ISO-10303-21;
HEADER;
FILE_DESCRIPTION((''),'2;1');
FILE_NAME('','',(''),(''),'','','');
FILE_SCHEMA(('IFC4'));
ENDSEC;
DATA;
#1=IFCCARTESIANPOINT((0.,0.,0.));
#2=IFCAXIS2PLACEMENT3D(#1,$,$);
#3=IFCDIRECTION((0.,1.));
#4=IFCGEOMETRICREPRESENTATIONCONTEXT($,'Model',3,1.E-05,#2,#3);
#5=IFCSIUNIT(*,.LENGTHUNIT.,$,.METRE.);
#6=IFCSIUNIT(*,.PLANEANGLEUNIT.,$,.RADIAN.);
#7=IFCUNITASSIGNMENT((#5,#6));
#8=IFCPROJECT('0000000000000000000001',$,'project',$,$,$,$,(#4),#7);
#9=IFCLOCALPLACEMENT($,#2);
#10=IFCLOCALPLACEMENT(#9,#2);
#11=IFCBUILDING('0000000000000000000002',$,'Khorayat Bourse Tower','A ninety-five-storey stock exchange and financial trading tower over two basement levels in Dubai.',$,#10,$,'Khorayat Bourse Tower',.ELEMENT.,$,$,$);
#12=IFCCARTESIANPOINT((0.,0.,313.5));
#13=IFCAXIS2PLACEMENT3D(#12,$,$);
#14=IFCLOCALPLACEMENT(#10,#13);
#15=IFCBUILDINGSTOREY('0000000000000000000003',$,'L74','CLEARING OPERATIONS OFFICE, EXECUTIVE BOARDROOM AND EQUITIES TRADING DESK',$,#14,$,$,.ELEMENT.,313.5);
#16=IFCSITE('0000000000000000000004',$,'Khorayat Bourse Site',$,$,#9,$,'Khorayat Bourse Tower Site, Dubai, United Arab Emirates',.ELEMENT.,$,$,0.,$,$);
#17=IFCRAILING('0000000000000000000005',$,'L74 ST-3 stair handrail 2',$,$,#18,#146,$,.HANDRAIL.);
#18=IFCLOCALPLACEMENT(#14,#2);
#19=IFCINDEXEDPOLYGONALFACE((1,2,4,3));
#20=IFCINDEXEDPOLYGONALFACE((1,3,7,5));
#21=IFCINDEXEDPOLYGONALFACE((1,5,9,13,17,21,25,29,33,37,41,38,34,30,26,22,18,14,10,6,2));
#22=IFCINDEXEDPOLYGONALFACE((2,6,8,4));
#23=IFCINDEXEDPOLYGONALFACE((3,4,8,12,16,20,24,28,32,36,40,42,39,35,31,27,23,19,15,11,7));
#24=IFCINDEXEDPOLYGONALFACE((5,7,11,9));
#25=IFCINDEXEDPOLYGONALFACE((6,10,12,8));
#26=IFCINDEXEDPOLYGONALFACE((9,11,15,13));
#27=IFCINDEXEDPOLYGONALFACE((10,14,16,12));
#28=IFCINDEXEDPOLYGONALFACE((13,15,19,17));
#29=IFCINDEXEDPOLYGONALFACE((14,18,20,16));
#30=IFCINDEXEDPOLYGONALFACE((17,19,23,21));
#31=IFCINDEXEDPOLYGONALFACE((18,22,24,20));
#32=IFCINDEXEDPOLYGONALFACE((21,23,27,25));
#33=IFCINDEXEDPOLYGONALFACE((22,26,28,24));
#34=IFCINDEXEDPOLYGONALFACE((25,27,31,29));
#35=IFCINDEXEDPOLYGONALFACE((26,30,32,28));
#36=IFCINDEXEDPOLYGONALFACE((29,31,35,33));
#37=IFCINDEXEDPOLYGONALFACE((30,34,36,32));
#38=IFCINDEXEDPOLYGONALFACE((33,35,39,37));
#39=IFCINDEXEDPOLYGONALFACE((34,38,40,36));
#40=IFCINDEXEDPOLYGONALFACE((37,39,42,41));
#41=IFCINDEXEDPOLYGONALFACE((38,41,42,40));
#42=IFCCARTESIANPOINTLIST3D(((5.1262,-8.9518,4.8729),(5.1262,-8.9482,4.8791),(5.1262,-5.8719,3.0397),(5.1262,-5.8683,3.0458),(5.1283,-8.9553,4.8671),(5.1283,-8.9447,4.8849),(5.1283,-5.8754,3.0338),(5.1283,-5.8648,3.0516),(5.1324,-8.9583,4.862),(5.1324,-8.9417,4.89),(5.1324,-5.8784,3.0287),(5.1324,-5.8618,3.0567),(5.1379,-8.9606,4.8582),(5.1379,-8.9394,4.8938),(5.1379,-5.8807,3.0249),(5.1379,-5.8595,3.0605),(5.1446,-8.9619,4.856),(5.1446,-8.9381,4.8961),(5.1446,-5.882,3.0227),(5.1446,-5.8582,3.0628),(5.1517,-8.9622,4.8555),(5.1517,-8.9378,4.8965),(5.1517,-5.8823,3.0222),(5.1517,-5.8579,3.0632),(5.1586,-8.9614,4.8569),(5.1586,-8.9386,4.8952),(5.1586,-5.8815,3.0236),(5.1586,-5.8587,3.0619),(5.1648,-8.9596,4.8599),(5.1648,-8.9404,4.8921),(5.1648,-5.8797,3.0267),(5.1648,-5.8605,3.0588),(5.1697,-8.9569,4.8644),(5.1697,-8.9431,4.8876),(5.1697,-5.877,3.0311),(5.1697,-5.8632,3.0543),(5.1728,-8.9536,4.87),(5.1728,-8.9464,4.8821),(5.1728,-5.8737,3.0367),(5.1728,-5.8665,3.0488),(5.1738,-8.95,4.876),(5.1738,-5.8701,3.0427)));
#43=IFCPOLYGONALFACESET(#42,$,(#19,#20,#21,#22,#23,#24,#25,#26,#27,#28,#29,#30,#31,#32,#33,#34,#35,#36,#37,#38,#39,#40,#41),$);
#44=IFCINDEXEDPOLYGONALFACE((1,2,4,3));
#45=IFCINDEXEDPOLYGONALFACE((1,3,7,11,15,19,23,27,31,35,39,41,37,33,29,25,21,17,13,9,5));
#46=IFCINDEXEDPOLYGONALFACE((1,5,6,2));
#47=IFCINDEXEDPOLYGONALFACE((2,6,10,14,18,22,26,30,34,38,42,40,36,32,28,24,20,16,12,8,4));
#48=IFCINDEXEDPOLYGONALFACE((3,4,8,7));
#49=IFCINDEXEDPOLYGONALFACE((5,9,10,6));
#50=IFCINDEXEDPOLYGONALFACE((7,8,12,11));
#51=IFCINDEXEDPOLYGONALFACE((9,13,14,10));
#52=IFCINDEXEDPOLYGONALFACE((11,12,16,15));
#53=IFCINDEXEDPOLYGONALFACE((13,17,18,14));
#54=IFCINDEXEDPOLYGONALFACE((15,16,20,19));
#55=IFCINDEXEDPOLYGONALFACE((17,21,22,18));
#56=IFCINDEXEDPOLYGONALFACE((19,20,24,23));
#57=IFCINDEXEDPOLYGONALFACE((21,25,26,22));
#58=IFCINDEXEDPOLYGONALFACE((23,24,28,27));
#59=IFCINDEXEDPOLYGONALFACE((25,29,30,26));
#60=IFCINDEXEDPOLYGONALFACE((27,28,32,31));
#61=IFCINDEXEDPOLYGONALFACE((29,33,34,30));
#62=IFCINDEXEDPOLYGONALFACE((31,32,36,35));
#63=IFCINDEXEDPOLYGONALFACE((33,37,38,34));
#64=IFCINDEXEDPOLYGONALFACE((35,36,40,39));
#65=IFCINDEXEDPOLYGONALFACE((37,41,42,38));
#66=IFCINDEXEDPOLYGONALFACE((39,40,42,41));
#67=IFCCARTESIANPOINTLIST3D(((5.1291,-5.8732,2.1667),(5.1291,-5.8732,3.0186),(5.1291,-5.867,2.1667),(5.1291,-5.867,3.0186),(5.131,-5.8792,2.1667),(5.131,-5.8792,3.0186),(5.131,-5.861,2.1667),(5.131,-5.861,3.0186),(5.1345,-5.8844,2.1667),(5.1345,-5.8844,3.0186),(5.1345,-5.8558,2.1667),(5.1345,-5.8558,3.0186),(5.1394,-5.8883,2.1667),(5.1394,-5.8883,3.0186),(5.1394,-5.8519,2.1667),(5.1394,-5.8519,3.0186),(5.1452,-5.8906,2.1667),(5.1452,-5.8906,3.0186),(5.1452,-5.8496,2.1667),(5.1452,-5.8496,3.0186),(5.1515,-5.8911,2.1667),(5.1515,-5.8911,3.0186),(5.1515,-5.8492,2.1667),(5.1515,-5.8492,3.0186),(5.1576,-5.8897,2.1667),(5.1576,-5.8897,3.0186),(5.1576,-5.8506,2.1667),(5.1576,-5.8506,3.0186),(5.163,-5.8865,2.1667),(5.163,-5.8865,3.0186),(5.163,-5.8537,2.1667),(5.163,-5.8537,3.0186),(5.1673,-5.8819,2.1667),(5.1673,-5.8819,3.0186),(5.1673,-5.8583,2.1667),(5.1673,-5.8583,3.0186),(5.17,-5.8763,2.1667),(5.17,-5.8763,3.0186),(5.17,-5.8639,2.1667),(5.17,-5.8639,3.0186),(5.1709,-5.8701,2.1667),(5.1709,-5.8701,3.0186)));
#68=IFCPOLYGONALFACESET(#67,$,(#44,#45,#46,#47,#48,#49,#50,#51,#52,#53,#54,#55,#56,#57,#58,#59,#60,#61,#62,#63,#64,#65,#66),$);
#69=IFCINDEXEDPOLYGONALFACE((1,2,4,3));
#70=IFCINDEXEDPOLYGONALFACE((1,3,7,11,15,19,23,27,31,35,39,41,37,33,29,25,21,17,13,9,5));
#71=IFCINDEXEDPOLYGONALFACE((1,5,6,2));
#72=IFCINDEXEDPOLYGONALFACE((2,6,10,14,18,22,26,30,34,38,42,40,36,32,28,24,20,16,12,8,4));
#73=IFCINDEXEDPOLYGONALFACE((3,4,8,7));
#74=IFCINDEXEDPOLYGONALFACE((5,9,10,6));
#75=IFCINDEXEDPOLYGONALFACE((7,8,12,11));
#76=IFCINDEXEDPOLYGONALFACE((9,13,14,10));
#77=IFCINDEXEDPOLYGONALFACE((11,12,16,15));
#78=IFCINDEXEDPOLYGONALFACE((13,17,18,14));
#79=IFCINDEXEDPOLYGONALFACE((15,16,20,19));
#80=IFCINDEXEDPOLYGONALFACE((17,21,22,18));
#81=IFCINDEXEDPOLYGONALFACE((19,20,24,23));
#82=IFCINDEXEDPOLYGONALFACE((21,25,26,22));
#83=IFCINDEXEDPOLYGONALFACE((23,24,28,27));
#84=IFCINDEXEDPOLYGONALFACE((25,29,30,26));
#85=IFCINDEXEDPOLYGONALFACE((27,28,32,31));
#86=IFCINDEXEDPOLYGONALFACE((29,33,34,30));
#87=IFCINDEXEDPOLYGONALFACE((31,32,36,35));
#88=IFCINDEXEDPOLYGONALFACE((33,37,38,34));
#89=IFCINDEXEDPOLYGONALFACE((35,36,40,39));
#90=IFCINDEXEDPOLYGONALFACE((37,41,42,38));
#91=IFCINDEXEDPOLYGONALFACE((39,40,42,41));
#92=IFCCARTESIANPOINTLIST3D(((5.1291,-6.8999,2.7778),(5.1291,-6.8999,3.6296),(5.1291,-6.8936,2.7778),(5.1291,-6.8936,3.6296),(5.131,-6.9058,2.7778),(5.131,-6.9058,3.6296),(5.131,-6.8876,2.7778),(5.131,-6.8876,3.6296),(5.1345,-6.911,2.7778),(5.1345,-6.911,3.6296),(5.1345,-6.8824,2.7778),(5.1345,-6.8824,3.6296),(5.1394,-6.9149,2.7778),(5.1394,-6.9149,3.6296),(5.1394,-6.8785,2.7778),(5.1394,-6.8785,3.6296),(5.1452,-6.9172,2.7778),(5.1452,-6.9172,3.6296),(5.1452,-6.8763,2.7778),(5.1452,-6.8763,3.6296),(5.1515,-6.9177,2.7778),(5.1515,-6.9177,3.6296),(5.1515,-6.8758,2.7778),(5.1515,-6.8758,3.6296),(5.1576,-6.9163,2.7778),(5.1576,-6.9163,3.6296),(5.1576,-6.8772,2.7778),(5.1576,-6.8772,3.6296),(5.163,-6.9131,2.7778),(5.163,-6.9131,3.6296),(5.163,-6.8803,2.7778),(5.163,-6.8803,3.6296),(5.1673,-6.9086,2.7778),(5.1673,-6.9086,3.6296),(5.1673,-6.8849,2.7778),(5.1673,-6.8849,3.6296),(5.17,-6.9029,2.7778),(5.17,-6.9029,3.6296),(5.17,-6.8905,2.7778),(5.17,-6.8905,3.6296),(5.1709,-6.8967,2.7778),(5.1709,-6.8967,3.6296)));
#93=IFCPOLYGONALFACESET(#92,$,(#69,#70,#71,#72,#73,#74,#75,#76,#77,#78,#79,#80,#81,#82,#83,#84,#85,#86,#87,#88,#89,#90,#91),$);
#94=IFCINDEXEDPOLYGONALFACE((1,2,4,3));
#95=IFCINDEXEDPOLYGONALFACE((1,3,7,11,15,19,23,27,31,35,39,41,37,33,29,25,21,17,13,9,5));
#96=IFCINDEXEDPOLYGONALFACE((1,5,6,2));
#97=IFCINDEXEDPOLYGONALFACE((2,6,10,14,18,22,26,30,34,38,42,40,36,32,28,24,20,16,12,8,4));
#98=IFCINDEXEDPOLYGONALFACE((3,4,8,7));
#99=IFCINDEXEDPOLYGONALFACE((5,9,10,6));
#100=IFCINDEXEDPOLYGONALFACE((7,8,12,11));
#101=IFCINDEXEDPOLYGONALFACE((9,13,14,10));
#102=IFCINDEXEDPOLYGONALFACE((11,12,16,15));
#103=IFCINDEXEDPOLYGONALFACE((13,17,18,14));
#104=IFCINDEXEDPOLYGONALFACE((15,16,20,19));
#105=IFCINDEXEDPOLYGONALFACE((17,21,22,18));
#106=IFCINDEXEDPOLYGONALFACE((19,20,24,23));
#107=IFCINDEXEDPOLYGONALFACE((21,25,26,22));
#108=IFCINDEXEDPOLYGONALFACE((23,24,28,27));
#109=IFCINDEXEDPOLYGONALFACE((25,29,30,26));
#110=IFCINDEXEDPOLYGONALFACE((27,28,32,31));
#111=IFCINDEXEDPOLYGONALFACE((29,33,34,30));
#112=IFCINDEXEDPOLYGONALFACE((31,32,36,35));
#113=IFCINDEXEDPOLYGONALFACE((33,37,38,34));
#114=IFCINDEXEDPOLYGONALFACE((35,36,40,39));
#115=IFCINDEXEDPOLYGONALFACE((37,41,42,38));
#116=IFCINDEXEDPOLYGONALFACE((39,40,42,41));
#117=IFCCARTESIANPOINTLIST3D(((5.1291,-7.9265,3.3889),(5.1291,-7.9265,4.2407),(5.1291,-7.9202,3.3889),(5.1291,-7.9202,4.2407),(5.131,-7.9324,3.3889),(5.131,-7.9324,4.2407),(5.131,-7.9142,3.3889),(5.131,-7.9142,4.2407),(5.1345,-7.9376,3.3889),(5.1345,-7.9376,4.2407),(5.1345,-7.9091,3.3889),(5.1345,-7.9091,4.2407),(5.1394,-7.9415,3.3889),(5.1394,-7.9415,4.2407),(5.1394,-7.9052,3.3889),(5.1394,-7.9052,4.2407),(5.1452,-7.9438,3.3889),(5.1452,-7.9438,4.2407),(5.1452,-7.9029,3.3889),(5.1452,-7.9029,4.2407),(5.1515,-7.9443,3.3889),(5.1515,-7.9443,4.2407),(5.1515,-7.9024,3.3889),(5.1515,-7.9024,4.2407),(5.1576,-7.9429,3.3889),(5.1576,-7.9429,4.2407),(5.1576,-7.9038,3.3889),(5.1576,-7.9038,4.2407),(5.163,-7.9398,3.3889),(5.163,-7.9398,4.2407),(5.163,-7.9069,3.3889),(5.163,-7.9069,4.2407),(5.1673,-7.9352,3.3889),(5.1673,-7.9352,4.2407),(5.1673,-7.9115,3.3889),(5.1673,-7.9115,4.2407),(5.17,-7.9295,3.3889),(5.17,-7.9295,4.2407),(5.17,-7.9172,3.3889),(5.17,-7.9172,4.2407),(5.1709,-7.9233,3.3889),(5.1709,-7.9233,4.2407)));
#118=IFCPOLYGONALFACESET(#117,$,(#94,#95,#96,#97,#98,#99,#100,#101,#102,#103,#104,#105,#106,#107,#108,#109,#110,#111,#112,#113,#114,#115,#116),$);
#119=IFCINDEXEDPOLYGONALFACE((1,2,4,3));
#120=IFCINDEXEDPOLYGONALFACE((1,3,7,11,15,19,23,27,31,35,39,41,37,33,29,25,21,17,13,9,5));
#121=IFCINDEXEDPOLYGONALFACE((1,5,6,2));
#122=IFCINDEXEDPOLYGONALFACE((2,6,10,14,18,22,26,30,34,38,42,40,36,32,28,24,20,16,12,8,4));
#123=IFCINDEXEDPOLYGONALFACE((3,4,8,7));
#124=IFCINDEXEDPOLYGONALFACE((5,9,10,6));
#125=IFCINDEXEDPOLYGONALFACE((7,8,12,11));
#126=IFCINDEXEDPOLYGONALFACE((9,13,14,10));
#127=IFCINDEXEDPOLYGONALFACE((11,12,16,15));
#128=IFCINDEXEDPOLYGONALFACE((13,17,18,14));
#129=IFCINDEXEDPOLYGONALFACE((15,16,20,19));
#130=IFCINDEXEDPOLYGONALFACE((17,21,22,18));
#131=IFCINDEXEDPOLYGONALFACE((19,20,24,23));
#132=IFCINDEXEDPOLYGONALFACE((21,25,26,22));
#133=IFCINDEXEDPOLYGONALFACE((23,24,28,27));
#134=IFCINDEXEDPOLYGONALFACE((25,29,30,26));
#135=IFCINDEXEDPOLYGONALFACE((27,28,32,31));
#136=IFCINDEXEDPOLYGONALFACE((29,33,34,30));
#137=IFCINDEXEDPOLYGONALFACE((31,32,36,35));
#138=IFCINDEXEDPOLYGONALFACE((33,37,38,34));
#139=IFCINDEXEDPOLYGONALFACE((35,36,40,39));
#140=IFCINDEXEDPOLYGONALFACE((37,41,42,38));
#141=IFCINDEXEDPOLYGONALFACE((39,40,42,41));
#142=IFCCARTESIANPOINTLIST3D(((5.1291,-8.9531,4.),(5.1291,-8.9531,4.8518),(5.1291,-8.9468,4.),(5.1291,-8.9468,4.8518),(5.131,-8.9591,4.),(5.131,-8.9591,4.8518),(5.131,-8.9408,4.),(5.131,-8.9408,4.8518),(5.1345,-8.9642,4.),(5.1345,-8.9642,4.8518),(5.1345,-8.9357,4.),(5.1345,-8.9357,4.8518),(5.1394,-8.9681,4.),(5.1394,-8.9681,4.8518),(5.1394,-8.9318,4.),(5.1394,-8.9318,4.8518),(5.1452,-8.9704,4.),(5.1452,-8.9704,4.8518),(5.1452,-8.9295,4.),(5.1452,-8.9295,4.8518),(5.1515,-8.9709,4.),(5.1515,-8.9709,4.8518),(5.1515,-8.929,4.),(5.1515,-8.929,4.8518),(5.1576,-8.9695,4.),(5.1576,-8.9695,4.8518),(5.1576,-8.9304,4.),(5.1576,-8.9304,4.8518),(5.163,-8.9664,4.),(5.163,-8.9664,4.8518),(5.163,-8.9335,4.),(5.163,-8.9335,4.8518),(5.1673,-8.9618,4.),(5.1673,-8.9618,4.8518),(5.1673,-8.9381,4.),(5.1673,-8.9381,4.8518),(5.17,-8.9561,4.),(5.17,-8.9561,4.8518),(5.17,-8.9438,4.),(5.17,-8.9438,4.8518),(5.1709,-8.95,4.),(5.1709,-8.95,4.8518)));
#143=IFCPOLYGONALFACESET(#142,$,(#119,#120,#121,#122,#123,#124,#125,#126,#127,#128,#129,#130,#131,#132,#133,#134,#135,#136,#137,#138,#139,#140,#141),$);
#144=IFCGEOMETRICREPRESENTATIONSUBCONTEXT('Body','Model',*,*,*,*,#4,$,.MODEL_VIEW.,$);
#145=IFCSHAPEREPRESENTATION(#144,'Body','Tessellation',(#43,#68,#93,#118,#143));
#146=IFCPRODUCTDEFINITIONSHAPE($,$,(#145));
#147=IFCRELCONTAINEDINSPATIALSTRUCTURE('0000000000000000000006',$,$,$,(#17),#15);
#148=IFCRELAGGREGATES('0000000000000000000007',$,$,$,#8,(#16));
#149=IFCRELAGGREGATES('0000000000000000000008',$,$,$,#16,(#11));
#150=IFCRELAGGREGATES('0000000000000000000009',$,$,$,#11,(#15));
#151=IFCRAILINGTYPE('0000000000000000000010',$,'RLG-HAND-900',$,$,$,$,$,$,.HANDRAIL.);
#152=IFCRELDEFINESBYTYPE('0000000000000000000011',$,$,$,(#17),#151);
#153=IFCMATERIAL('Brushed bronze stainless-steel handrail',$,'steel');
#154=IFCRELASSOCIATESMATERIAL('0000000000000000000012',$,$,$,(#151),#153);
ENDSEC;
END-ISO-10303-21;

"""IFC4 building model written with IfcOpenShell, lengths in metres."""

from ifc_helpers import new_model, si_unit, direction, frame, origin, origin_2d, place, context, subcontext, project, spatial, circle, extrude, source, transform, mapped, material, type_object, element, save


model = new_model("IFC4")

# Units and contexts
model_context = context("Model", 3, precision=1e-05, world=origin(), true_north=direction((0.0, 1.0)))
body_context = subcontext(model_context, "Body", "Model", "MODEL_VIEW")
ifc_project = project(units=[si_unit("LENGTHUNIT", "METRE"), si_unit("PLANEANGLEUNIT", "RADIAN")], contexts=[model_context])

# Site, building, storey
site_placement = place(None, origin())
site = spatial("IfcSite", under=ifc_project, at=site_placement, Name="Khorayat Bourse Site", LongName="Khorayat Bourse Tower Site, Dubai, United Arab Emirates", CompositionType="ELEMENT", RefElevation=0.0)
building_placement = place(site_placement, origin())
building = spatial("IfcBuilding", under=site, at=building_placement, Name="Khorayat Bourse Tower", Description="A ninety-five-storey stock exchange and financial trading tower over two basement levels in Dubai.", LongName="Khorayat Bourse Tower", CompositionType="ELEMENT")
storey_placement = place(building_placement, frame((0.0, 0.0, 313.5)))
storey = spatial("IfcBuildingStorey", under=building, at=storey_placement, Name="L74", Description="CLEARING OPERATIONS OFFICE, EXECUTIVE BOARDROOM AND EQUITIES TRADING DESK", CompositionType="ELEMENT", Elevation=313.5)

# Railing
ifc_material_1 = material(Name="Brushed bronze stainless-steel handrail", Category="steel")
railing_type = type_object("IfcRailingType", Name="RLG-HAND-900", PredefinedType="HANDRAIL", material=ifc_material_1)
shared_shape_1 = source(origin(), body_context, "Body", "SweptSolid", [
    extrude(circle(Radius=0.0239, at=origin_2d()), frame((0.0, 0.0, 0.876), z_axis=(0.0, -0.859291, 0.511487), x_axis=(1.0, 0.0, 0.0)), (0.0, 0.0, 1.0), 3.5842),
    extrude(circle(Radius=0.021, at=origin_2d()), origin(), (0.0, 0.0, 1.0), 0.8518),
    extrude(circle(Radius=0.021, at=origin_2d()), frame((0.0, -1.0266, 0.6111)), (0.0, 0.0, 1.0), 0.8518),
    extrude(circle(Radius=0.021, at=origin_2d()), frame((0.0, -2.0532, 1.2222)), (0.0, 0.0, 1.0), 0.8518),
    extrude(circle(Radius=0.021, at=origin_2d()), frame((0.0, -3.0798, 1.8333)), (0.0, 0.0, 1.0), 0.8518),
])
railing_placement = place(storey_placement, frame((5.1499, -5.8701, 2.1667)))
element("IfcRailing", 1, at=railing_placement, inside=storey, type_object=railing_type, Name="L74 ST-3 stair handrail 2", PredefinedType="HANDRAIL", context=body_context, shape_type="MappedRepresentation", body=[
    mapped(shared_shape_1, transform((0.0, 0.0, 0.0), scale=1.0)),
])

save(model, "model.ifc")
